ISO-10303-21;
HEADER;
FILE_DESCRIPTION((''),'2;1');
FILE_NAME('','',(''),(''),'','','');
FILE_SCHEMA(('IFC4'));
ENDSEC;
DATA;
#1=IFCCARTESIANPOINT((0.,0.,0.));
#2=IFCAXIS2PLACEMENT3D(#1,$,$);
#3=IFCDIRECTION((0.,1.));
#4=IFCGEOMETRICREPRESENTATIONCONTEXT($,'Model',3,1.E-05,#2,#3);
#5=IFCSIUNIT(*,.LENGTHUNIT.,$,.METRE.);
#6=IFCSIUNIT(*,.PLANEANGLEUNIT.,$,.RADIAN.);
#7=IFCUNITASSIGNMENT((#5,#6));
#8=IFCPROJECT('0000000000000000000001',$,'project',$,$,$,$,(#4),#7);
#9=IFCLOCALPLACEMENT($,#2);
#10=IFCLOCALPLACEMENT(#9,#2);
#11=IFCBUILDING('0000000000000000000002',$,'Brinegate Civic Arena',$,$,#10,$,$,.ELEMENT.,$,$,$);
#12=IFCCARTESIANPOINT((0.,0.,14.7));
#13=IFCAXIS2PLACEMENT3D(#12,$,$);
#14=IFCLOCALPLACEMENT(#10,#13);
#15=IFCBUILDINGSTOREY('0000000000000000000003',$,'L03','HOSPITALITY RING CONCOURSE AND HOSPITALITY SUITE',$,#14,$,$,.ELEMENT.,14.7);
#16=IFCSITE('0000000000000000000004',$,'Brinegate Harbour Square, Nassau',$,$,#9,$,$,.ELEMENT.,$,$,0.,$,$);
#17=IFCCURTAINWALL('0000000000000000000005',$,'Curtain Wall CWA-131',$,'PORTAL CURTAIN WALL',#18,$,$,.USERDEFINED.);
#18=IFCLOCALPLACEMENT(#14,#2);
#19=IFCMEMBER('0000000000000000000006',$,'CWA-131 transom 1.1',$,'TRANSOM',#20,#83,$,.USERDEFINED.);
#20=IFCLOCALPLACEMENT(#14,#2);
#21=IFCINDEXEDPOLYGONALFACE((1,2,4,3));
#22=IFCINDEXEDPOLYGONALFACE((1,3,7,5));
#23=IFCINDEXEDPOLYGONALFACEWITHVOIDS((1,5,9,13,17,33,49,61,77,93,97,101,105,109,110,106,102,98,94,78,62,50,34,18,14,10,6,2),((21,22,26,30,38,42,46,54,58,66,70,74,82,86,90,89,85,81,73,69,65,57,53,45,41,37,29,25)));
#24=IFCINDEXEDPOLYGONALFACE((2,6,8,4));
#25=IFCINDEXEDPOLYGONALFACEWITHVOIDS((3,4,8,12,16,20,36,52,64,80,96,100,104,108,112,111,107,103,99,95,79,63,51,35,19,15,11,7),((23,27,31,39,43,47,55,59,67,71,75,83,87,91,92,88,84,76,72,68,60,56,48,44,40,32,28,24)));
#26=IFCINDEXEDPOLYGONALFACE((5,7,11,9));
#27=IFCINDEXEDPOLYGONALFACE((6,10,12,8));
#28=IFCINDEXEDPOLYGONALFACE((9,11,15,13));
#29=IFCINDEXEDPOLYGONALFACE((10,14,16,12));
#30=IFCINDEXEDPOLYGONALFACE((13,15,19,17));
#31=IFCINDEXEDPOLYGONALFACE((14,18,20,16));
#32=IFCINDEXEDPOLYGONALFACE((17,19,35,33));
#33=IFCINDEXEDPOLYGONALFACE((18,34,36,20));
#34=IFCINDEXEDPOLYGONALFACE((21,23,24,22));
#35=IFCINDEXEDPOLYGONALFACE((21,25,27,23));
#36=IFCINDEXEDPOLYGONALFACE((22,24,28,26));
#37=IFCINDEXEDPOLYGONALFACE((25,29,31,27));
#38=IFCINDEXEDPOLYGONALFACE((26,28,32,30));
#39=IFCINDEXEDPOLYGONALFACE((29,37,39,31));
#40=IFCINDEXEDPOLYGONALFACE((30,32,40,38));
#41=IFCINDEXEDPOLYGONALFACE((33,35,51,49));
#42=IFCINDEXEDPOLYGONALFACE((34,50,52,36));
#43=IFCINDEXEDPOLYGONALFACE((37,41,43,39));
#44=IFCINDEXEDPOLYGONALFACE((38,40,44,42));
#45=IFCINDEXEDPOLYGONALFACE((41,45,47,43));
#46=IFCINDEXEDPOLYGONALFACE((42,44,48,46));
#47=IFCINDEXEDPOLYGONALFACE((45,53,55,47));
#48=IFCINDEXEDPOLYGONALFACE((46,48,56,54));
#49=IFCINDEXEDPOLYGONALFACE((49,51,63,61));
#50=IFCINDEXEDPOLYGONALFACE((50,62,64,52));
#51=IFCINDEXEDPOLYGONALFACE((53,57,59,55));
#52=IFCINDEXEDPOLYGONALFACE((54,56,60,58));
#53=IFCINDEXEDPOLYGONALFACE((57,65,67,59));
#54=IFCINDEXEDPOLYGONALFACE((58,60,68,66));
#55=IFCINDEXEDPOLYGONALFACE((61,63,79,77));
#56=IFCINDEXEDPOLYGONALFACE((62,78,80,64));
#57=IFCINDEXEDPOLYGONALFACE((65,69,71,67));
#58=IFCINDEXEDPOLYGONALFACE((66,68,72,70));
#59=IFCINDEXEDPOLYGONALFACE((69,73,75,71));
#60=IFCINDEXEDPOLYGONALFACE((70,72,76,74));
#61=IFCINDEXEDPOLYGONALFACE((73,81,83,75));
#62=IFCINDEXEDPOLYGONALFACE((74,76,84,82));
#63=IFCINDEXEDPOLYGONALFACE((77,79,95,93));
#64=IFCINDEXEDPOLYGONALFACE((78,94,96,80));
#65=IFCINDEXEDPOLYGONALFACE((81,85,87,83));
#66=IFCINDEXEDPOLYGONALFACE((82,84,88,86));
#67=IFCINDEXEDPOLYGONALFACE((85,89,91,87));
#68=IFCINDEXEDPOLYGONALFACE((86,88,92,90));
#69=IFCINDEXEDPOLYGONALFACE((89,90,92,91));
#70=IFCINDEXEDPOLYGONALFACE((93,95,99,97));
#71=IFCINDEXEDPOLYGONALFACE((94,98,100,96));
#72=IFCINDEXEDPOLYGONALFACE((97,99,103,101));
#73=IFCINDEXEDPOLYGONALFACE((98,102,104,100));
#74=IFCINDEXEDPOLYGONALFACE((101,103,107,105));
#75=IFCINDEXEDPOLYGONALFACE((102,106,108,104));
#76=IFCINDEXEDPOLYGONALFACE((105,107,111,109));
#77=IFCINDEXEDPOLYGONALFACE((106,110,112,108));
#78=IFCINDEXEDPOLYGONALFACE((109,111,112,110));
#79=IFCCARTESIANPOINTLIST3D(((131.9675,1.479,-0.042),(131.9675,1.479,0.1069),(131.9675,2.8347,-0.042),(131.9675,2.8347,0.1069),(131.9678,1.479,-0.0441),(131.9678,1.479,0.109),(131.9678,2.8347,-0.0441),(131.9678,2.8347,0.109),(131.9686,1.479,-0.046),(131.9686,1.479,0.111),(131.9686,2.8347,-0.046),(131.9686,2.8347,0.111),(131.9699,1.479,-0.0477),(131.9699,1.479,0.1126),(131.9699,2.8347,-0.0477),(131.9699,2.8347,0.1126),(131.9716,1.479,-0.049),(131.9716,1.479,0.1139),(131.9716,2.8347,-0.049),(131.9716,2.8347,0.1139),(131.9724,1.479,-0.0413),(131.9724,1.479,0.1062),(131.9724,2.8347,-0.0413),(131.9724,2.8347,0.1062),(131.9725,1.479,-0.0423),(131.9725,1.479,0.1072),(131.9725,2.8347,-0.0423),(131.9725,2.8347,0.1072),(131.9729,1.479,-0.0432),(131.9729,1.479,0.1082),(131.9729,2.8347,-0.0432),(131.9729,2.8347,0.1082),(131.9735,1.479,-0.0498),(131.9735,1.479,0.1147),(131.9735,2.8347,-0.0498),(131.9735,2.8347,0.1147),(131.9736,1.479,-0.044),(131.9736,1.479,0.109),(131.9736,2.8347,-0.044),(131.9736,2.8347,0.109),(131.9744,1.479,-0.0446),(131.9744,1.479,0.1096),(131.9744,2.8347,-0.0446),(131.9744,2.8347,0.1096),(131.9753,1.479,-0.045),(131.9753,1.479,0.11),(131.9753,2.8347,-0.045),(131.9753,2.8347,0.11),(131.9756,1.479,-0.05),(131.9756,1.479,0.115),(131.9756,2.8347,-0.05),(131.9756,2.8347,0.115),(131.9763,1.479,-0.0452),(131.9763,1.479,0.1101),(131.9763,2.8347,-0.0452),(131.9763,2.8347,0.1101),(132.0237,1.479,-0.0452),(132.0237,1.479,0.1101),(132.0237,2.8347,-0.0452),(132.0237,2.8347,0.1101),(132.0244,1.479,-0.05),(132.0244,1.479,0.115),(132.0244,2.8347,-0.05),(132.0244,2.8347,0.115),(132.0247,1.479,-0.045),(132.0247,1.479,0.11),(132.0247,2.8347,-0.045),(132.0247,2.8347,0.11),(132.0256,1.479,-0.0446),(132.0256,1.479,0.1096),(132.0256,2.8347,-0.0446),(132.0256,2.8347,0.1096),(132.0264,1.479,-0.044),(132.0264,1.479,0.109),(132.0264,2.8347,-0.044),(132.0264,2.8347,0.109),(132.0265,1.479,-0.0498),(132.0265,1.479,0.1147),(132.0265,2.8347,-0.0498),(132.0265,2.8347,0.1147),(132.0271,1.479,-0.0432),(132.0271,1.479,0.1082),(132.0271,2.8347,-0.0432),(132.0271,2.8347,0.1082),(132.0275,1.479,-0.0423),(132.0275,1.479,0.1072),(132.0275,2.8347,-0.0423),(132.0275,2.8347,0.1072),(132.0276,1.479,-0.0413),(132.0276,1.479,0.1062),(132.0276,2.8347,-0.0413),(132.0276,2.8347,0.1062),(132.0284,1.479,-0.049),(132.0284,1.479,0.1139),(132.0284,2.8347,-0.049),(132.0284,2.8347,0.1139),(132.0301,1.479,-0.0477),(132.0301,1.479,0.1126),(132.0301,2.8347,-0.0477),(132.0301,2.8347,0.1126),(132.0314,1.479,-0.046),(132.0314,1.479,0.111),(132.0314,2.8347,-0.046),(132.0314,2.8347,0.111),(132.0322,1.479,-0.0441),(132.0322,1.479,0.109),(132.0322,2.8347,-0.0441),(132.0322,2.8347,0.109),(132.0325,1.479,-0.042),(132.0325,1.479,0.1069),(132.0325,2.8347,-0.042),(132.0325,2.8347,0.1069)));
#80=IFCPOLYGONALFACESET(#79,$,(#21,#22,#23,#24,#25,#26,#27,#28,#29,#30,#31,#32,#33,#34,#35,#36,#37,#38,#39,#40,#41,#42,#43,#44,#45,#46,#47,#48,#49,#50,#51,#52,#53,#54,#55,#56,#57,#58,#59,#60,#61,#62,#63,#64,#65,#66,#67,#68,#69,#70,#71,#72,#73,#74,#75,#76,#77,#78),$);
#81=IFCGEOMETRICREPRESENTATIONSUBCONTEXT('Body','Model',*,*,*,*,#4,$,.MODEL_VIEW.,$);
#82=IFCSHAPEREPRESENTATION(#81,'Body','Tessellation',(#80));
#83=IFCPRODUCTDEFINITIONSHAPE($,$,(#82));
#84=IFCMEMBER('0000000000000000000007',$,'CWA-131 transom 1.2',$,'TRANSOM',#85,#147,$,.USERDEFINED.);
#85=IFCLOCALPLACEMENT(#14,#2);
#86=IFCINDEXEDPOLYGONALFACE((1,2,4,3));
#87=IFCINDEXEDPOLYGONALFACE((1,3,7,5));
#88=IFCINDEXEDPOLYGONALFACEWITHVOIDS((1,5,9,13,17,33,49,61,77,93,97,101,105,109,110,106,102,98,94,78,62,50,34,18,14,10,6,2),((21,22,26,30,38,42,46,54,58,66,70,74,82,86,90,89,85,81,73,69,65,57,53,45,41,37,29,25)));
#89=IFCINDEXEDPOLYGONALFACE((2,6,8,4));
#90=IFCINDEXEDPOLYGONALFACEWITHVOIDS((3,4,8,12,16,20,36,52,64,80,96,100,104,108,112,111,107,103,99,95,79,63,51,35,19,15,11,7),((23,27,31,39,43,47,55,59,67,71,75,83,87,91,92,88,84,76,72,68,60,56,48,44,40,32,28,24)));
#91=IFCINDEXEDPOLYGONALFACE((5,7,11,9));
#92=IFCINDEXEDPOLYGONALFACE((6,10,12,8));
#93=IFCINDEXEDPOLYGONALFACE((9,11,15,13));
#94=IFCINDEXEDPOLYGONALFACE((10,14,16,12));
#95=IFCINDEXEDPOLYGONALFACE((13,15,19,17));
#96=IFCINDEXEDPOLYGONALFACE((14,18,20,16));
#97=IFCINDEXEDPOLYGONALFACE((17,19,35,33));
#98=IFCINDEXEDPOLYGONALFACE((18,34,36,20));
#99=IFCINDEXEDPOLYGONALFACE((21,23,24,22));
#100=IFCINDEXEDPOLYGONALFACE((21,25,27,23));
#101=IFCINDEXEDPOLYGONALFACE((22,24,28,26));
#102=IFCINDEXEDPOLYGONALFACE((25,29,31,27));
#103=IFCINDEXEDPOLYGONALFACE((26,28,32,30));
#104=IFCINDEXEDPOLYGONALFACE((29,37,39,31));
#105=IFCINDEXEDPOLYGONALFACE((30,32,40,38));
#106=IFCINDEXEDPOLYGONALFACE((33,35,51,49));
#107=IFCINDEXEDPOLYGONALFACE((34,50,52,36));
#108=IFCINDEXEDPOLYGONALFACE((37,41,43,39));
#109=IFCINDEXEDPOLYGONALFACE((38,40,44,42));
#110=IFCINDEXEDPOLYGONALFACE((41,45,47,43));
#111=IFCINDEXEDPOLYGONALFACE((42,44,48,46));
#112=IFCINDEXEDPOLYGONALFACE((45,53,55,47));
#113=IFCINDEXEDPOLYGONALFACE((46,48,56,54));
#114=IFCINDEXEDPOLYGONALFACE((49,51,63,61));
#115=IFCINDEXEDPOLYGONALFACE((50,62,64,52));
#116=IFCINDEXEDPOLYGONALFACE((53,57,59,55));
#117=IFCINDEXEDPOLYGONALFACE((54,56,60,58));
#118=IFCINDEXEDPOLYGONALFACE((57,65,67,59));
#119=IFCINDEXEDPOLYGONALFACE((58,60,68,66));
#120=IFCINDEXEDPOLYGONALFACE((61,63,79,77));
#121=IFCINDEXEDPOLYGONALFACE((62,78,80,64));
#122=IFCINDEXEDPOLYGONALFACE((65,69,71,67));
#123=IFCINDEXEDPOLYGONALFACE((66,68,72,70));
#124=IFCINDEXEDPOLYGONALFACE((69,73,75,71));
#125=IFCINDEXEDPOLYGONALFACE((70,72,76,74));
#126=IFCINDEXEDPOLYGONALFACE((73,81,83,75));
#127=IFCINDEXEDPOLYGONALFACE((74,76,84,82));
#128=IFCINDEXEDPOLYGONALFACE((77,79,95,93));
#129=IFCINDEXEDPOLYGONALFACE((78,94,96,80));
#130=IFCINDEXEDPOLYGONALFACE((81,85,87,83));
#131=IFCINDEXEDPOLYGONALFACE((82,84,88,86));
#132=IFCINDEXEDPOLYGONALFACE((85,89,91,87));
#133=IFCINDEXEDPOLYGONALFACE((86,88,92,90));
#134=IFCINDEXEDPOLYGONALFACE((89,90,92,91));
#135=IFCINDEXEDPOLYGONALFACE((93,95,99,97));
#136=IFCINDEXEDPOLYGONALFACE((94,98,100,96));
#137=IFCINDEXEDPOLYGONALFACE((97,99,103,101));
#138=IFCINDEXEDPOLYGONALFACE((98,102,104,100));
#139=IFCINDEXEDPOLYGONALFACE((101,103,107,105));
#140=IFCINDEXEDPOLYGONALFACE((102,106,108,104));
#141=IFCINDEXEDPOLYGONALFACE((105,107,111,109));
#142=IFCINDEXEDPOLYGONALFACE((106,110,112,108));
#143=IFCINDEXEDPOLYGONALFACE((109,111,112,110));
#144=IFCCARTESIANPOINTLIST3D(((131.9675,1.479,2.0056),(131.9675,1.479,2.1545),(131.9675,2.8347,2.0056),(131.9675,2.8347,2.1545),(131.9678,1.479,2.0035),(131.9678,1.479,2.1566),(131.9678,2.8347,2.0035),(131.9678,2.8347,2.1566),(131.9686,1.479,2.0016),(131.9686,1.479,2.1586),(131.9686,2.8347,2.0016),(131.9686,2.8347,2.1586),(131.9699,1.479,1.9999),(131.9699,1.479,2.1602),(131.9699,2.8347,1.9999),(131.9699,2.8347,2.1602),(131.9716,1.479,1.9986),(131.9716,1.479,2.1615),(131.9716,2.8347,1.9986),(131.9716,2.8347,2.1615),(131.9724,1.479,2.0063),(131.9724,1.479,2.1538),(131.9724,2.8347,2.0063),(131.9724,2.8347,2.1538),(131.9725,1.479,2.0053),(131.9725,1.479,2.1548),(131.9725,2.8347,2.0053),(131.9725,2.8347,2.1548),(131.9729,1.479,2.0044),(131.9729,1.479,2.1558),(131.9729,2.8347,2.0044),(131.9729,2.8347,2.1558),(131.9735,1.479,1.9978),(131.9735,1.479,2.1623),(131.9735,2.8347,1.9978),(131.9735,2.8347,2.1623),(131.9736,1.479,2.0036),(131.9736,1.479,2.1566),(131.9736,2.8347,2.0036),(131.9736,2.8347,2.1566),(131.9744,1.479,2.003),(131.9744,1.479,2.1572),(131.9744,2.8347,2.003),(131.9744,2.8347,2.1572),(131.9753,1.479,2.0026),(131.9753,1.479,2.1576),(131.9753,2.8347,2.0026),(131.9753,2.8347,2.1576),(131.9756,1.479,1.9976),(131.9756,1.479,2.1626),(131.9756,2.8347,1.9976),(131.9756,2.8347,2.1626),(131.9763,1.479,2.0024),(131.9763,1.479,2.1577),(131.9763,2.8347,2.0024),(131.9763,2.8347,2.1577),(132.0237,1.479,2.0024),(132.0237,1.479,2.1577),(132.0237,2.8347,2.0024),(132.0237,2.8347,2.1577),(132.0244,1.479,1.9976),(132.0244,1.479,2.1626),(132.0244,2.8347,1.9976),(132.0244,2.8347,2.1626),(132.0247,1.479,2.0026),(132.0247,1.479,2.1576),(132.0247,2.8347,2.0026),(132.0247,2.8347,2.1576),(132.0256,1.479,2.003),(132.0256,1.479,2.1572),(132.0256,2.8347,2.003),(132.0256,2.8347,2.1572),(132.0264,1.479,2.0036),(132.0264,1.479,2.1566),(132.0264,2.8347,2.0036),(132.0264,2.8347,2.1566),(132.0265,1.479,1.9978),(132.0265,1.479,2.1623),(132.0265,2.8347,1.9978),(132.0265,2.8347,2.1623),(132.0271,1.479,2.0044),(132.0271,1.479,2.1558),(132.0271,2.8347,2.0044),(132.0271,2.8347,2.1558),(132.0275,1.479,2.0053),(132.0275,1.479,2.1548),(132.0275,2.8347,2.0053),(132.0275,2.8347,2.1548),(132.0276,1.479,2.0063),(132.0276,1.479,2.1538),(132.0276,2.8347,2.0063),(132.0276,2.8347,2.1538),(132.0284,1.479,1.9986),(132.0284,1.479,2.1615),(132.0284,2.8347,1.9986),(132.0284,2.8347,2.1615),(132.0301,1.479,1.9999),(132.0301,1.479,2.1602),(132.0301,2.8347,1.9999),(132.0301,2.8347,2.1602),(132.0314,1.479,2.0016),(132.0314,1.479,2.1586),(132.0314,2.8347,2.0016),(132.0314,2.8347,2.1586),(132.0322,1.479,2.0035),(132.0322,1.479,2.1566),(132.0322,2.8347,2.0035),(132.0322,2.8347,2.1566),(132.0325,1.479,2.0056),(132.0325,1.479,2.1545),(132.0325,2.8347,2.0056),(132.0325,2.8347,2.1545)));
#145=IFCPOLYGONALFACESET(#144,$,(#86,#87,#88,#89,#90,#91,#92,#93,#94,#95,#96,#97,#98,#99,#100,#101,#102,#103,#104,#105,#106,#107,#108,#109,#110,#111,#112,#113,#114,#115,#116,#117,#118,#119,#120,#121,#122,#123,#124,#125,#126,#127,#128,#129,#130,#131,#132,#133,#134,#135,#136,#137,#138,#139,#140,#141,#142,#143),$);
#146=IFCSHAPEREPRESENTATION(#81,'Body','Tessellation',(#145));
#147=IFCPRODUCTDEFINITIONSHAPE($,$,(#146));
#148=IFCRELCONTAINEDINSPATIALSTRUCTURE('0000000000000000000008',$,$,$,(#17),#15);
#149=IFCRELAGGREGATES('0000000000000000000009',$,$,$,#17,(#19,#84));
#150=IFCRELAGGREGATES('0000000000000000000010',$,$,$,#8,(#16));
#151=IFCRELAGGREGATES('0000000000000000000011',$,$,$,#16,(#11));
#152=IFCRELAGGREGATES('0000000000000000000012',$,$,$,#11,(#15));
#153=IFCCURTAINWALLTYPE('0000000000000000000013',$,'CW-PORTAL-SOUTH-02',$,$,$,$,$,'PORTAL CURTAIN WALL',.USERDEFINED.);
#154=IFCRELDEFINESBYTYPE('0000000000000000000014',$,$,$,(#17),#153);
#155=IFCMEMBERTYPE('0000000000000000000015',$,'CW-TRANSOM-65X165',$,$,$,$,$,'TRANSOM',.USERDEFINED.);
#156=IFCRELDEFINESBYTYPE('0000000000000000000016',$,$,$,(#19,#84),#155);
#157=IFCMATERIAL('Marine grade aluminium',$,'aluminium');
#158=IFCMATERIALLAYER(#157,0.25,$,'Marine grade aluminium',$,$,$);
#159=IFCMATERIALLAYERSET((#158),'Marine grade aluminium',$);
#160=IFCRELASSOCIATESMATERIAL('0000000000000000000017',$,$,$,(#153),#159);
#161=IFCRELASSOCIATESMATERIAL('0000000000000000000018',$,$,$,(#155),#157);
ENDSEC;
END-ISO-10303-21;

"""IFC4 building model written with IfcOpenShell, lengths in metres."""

from ifc_helpers import new_model, si_unit, direction, frame, origin, origin_2d, place, context, subcontext, project, spatial, hollow_rectangle, extrude, material, layer, layer_set, material_profile, profile_set, type_object, element, aggregate, save


model = new_model("IFC4")

# Units and contexts
model_context = context("Model", 3, precision=1e-05, world=origin(), true_north=direction((0.0, 1.0)))
body_context = subcontext(model_context, "Body", "Model", "MODEL_VIEW")
ifc_project = project(units=[si_unit("LENGTHUNIT", "METRE"), si_unit("PLANEANGLEUNIT", "RADIAN")], contexts=[model_context])

# Site, building, storey
site_placement = place(None, origin())
site = spatial("IfcSite", under=ifc_project, at=site_placement, Name="Brinegate Harbour Square, Nassau", CompositionType="ELEMENT", RefElevation=0.0)
building_placement = place(site_placement, origin())
building = spatial("IfcBuilding", under=site, at=building_placement, Name="Brinegate Civic Arena", CompositionType="ELEMENT")
storey_placement = place(building_placement, frame((0.0, 0.0, 14.7)))
storey = spatial("IfcBuildingStorey", under=building, at=storey_placement, Name="L03", Description="HOSPITALITY RING CONCOURSE AND HOSPITALITY SUITE", CompositionType="ELEMENT", Elevation=14.7)

# Curtain wall, members
ifc_material_1 = material(Name="Marine grade aluminium", Category="aluminium")
ifc_layer_1 = layer(ifc_material_1, 0.25, Name="Marine grade aluminium")
ifc_layer_set_1 = layer_set([ifc_layer_1], Name="Marine grade aluminium")
curtain_wall_type = type_object("IfcCurtainWallType", Name="CW-PORTAL-SOUTH-02", ElementType="PORTAL CURTAIN WALL", PredefinedType="USERDEFINED", material=ifc_layer_set_1)
curtain_wall_placement = place(storey_placement, origin())
curtain_wall = element("IfcCurtainWall", 1, at=curtain_wall_placement, inside=storey, type_object=curtain_wall_type, Name="Curtain Wall CWA-131", ObjectType="PORTAL CURTAIN WALL", PredefinedType="USERDEFINED")
ifc_material_profile_1 = material_profile(ifc_material_1, hollow_rectangle(XDim=0.0649, YDim=0.165, WallThickness=0.0049, InnerFilletRadius=0.0039, OuterFilletRadius=0.0081, at=origin_2d()), Name="TRN65X165")
ifc_profile_set_1 = profile_set([ifc_material_profile_1], Name="Marine grade aluminium")
member_type_1 = type_object("IfcMemberType", Name="CW-TRANSOM-65X165", ElementType="TRANSOM", PredefinedType="USERDEFINED", material=ifc_profile_set_1)
member_1_placement = place(storey_placement, frame((132.0, 1.479, 0.0325), z_axis=(0.0, 1.0, 0.0), x_axis=(-1.0, 0.0, 0.0)))
member_1 = element("IfcMember", 2, at=member_1_placement, type_object=member_type_1, Name="CWA-131 transom 1.1", ObjectType="TRANSOM", PredefinedType="USERDEFINED", context=body_context, shape_type="SweptSolid", body=[
    extrude(hollow_rectangle(XDim=0.0649, YDim=0.165, WallThickness=0.0049, InnerFilletRadius=0.0039, OuterFilletRadius=0.0081, at=origin_2d()), origin(), (0.0, 0.0, 1.0), 1.3557),
])
member_2_placement = place(storey_placement, frame((132.0, 1.479, 2.0801), z_axis=(0.0, 1.0, 0.0), x_axis=(-1.0, 0.0, 0.0)))
member_2 = element("IfcMember", 3, at=member_2_placement, type_object=member_type_1, Name="CWA-131 transom 1.2", ObjectType="TRANSOM", PredefinedType="USERDEFINED", context=body_context, shape_type="SweptSolid", body=[
    extrude(hollow_rectangle(XDim=0.0649, YDim=0.165, WallThickness=0.0049, InnerFilletRadius=0.0039, OuterFilletRadius=0.0081, at=origin_2d()), origin(), (0.0, 0.0, 1.0), 1.3557),
])

aggregate(curtain_wall, [member_1, member_2])

save(model, "model.ifc")
